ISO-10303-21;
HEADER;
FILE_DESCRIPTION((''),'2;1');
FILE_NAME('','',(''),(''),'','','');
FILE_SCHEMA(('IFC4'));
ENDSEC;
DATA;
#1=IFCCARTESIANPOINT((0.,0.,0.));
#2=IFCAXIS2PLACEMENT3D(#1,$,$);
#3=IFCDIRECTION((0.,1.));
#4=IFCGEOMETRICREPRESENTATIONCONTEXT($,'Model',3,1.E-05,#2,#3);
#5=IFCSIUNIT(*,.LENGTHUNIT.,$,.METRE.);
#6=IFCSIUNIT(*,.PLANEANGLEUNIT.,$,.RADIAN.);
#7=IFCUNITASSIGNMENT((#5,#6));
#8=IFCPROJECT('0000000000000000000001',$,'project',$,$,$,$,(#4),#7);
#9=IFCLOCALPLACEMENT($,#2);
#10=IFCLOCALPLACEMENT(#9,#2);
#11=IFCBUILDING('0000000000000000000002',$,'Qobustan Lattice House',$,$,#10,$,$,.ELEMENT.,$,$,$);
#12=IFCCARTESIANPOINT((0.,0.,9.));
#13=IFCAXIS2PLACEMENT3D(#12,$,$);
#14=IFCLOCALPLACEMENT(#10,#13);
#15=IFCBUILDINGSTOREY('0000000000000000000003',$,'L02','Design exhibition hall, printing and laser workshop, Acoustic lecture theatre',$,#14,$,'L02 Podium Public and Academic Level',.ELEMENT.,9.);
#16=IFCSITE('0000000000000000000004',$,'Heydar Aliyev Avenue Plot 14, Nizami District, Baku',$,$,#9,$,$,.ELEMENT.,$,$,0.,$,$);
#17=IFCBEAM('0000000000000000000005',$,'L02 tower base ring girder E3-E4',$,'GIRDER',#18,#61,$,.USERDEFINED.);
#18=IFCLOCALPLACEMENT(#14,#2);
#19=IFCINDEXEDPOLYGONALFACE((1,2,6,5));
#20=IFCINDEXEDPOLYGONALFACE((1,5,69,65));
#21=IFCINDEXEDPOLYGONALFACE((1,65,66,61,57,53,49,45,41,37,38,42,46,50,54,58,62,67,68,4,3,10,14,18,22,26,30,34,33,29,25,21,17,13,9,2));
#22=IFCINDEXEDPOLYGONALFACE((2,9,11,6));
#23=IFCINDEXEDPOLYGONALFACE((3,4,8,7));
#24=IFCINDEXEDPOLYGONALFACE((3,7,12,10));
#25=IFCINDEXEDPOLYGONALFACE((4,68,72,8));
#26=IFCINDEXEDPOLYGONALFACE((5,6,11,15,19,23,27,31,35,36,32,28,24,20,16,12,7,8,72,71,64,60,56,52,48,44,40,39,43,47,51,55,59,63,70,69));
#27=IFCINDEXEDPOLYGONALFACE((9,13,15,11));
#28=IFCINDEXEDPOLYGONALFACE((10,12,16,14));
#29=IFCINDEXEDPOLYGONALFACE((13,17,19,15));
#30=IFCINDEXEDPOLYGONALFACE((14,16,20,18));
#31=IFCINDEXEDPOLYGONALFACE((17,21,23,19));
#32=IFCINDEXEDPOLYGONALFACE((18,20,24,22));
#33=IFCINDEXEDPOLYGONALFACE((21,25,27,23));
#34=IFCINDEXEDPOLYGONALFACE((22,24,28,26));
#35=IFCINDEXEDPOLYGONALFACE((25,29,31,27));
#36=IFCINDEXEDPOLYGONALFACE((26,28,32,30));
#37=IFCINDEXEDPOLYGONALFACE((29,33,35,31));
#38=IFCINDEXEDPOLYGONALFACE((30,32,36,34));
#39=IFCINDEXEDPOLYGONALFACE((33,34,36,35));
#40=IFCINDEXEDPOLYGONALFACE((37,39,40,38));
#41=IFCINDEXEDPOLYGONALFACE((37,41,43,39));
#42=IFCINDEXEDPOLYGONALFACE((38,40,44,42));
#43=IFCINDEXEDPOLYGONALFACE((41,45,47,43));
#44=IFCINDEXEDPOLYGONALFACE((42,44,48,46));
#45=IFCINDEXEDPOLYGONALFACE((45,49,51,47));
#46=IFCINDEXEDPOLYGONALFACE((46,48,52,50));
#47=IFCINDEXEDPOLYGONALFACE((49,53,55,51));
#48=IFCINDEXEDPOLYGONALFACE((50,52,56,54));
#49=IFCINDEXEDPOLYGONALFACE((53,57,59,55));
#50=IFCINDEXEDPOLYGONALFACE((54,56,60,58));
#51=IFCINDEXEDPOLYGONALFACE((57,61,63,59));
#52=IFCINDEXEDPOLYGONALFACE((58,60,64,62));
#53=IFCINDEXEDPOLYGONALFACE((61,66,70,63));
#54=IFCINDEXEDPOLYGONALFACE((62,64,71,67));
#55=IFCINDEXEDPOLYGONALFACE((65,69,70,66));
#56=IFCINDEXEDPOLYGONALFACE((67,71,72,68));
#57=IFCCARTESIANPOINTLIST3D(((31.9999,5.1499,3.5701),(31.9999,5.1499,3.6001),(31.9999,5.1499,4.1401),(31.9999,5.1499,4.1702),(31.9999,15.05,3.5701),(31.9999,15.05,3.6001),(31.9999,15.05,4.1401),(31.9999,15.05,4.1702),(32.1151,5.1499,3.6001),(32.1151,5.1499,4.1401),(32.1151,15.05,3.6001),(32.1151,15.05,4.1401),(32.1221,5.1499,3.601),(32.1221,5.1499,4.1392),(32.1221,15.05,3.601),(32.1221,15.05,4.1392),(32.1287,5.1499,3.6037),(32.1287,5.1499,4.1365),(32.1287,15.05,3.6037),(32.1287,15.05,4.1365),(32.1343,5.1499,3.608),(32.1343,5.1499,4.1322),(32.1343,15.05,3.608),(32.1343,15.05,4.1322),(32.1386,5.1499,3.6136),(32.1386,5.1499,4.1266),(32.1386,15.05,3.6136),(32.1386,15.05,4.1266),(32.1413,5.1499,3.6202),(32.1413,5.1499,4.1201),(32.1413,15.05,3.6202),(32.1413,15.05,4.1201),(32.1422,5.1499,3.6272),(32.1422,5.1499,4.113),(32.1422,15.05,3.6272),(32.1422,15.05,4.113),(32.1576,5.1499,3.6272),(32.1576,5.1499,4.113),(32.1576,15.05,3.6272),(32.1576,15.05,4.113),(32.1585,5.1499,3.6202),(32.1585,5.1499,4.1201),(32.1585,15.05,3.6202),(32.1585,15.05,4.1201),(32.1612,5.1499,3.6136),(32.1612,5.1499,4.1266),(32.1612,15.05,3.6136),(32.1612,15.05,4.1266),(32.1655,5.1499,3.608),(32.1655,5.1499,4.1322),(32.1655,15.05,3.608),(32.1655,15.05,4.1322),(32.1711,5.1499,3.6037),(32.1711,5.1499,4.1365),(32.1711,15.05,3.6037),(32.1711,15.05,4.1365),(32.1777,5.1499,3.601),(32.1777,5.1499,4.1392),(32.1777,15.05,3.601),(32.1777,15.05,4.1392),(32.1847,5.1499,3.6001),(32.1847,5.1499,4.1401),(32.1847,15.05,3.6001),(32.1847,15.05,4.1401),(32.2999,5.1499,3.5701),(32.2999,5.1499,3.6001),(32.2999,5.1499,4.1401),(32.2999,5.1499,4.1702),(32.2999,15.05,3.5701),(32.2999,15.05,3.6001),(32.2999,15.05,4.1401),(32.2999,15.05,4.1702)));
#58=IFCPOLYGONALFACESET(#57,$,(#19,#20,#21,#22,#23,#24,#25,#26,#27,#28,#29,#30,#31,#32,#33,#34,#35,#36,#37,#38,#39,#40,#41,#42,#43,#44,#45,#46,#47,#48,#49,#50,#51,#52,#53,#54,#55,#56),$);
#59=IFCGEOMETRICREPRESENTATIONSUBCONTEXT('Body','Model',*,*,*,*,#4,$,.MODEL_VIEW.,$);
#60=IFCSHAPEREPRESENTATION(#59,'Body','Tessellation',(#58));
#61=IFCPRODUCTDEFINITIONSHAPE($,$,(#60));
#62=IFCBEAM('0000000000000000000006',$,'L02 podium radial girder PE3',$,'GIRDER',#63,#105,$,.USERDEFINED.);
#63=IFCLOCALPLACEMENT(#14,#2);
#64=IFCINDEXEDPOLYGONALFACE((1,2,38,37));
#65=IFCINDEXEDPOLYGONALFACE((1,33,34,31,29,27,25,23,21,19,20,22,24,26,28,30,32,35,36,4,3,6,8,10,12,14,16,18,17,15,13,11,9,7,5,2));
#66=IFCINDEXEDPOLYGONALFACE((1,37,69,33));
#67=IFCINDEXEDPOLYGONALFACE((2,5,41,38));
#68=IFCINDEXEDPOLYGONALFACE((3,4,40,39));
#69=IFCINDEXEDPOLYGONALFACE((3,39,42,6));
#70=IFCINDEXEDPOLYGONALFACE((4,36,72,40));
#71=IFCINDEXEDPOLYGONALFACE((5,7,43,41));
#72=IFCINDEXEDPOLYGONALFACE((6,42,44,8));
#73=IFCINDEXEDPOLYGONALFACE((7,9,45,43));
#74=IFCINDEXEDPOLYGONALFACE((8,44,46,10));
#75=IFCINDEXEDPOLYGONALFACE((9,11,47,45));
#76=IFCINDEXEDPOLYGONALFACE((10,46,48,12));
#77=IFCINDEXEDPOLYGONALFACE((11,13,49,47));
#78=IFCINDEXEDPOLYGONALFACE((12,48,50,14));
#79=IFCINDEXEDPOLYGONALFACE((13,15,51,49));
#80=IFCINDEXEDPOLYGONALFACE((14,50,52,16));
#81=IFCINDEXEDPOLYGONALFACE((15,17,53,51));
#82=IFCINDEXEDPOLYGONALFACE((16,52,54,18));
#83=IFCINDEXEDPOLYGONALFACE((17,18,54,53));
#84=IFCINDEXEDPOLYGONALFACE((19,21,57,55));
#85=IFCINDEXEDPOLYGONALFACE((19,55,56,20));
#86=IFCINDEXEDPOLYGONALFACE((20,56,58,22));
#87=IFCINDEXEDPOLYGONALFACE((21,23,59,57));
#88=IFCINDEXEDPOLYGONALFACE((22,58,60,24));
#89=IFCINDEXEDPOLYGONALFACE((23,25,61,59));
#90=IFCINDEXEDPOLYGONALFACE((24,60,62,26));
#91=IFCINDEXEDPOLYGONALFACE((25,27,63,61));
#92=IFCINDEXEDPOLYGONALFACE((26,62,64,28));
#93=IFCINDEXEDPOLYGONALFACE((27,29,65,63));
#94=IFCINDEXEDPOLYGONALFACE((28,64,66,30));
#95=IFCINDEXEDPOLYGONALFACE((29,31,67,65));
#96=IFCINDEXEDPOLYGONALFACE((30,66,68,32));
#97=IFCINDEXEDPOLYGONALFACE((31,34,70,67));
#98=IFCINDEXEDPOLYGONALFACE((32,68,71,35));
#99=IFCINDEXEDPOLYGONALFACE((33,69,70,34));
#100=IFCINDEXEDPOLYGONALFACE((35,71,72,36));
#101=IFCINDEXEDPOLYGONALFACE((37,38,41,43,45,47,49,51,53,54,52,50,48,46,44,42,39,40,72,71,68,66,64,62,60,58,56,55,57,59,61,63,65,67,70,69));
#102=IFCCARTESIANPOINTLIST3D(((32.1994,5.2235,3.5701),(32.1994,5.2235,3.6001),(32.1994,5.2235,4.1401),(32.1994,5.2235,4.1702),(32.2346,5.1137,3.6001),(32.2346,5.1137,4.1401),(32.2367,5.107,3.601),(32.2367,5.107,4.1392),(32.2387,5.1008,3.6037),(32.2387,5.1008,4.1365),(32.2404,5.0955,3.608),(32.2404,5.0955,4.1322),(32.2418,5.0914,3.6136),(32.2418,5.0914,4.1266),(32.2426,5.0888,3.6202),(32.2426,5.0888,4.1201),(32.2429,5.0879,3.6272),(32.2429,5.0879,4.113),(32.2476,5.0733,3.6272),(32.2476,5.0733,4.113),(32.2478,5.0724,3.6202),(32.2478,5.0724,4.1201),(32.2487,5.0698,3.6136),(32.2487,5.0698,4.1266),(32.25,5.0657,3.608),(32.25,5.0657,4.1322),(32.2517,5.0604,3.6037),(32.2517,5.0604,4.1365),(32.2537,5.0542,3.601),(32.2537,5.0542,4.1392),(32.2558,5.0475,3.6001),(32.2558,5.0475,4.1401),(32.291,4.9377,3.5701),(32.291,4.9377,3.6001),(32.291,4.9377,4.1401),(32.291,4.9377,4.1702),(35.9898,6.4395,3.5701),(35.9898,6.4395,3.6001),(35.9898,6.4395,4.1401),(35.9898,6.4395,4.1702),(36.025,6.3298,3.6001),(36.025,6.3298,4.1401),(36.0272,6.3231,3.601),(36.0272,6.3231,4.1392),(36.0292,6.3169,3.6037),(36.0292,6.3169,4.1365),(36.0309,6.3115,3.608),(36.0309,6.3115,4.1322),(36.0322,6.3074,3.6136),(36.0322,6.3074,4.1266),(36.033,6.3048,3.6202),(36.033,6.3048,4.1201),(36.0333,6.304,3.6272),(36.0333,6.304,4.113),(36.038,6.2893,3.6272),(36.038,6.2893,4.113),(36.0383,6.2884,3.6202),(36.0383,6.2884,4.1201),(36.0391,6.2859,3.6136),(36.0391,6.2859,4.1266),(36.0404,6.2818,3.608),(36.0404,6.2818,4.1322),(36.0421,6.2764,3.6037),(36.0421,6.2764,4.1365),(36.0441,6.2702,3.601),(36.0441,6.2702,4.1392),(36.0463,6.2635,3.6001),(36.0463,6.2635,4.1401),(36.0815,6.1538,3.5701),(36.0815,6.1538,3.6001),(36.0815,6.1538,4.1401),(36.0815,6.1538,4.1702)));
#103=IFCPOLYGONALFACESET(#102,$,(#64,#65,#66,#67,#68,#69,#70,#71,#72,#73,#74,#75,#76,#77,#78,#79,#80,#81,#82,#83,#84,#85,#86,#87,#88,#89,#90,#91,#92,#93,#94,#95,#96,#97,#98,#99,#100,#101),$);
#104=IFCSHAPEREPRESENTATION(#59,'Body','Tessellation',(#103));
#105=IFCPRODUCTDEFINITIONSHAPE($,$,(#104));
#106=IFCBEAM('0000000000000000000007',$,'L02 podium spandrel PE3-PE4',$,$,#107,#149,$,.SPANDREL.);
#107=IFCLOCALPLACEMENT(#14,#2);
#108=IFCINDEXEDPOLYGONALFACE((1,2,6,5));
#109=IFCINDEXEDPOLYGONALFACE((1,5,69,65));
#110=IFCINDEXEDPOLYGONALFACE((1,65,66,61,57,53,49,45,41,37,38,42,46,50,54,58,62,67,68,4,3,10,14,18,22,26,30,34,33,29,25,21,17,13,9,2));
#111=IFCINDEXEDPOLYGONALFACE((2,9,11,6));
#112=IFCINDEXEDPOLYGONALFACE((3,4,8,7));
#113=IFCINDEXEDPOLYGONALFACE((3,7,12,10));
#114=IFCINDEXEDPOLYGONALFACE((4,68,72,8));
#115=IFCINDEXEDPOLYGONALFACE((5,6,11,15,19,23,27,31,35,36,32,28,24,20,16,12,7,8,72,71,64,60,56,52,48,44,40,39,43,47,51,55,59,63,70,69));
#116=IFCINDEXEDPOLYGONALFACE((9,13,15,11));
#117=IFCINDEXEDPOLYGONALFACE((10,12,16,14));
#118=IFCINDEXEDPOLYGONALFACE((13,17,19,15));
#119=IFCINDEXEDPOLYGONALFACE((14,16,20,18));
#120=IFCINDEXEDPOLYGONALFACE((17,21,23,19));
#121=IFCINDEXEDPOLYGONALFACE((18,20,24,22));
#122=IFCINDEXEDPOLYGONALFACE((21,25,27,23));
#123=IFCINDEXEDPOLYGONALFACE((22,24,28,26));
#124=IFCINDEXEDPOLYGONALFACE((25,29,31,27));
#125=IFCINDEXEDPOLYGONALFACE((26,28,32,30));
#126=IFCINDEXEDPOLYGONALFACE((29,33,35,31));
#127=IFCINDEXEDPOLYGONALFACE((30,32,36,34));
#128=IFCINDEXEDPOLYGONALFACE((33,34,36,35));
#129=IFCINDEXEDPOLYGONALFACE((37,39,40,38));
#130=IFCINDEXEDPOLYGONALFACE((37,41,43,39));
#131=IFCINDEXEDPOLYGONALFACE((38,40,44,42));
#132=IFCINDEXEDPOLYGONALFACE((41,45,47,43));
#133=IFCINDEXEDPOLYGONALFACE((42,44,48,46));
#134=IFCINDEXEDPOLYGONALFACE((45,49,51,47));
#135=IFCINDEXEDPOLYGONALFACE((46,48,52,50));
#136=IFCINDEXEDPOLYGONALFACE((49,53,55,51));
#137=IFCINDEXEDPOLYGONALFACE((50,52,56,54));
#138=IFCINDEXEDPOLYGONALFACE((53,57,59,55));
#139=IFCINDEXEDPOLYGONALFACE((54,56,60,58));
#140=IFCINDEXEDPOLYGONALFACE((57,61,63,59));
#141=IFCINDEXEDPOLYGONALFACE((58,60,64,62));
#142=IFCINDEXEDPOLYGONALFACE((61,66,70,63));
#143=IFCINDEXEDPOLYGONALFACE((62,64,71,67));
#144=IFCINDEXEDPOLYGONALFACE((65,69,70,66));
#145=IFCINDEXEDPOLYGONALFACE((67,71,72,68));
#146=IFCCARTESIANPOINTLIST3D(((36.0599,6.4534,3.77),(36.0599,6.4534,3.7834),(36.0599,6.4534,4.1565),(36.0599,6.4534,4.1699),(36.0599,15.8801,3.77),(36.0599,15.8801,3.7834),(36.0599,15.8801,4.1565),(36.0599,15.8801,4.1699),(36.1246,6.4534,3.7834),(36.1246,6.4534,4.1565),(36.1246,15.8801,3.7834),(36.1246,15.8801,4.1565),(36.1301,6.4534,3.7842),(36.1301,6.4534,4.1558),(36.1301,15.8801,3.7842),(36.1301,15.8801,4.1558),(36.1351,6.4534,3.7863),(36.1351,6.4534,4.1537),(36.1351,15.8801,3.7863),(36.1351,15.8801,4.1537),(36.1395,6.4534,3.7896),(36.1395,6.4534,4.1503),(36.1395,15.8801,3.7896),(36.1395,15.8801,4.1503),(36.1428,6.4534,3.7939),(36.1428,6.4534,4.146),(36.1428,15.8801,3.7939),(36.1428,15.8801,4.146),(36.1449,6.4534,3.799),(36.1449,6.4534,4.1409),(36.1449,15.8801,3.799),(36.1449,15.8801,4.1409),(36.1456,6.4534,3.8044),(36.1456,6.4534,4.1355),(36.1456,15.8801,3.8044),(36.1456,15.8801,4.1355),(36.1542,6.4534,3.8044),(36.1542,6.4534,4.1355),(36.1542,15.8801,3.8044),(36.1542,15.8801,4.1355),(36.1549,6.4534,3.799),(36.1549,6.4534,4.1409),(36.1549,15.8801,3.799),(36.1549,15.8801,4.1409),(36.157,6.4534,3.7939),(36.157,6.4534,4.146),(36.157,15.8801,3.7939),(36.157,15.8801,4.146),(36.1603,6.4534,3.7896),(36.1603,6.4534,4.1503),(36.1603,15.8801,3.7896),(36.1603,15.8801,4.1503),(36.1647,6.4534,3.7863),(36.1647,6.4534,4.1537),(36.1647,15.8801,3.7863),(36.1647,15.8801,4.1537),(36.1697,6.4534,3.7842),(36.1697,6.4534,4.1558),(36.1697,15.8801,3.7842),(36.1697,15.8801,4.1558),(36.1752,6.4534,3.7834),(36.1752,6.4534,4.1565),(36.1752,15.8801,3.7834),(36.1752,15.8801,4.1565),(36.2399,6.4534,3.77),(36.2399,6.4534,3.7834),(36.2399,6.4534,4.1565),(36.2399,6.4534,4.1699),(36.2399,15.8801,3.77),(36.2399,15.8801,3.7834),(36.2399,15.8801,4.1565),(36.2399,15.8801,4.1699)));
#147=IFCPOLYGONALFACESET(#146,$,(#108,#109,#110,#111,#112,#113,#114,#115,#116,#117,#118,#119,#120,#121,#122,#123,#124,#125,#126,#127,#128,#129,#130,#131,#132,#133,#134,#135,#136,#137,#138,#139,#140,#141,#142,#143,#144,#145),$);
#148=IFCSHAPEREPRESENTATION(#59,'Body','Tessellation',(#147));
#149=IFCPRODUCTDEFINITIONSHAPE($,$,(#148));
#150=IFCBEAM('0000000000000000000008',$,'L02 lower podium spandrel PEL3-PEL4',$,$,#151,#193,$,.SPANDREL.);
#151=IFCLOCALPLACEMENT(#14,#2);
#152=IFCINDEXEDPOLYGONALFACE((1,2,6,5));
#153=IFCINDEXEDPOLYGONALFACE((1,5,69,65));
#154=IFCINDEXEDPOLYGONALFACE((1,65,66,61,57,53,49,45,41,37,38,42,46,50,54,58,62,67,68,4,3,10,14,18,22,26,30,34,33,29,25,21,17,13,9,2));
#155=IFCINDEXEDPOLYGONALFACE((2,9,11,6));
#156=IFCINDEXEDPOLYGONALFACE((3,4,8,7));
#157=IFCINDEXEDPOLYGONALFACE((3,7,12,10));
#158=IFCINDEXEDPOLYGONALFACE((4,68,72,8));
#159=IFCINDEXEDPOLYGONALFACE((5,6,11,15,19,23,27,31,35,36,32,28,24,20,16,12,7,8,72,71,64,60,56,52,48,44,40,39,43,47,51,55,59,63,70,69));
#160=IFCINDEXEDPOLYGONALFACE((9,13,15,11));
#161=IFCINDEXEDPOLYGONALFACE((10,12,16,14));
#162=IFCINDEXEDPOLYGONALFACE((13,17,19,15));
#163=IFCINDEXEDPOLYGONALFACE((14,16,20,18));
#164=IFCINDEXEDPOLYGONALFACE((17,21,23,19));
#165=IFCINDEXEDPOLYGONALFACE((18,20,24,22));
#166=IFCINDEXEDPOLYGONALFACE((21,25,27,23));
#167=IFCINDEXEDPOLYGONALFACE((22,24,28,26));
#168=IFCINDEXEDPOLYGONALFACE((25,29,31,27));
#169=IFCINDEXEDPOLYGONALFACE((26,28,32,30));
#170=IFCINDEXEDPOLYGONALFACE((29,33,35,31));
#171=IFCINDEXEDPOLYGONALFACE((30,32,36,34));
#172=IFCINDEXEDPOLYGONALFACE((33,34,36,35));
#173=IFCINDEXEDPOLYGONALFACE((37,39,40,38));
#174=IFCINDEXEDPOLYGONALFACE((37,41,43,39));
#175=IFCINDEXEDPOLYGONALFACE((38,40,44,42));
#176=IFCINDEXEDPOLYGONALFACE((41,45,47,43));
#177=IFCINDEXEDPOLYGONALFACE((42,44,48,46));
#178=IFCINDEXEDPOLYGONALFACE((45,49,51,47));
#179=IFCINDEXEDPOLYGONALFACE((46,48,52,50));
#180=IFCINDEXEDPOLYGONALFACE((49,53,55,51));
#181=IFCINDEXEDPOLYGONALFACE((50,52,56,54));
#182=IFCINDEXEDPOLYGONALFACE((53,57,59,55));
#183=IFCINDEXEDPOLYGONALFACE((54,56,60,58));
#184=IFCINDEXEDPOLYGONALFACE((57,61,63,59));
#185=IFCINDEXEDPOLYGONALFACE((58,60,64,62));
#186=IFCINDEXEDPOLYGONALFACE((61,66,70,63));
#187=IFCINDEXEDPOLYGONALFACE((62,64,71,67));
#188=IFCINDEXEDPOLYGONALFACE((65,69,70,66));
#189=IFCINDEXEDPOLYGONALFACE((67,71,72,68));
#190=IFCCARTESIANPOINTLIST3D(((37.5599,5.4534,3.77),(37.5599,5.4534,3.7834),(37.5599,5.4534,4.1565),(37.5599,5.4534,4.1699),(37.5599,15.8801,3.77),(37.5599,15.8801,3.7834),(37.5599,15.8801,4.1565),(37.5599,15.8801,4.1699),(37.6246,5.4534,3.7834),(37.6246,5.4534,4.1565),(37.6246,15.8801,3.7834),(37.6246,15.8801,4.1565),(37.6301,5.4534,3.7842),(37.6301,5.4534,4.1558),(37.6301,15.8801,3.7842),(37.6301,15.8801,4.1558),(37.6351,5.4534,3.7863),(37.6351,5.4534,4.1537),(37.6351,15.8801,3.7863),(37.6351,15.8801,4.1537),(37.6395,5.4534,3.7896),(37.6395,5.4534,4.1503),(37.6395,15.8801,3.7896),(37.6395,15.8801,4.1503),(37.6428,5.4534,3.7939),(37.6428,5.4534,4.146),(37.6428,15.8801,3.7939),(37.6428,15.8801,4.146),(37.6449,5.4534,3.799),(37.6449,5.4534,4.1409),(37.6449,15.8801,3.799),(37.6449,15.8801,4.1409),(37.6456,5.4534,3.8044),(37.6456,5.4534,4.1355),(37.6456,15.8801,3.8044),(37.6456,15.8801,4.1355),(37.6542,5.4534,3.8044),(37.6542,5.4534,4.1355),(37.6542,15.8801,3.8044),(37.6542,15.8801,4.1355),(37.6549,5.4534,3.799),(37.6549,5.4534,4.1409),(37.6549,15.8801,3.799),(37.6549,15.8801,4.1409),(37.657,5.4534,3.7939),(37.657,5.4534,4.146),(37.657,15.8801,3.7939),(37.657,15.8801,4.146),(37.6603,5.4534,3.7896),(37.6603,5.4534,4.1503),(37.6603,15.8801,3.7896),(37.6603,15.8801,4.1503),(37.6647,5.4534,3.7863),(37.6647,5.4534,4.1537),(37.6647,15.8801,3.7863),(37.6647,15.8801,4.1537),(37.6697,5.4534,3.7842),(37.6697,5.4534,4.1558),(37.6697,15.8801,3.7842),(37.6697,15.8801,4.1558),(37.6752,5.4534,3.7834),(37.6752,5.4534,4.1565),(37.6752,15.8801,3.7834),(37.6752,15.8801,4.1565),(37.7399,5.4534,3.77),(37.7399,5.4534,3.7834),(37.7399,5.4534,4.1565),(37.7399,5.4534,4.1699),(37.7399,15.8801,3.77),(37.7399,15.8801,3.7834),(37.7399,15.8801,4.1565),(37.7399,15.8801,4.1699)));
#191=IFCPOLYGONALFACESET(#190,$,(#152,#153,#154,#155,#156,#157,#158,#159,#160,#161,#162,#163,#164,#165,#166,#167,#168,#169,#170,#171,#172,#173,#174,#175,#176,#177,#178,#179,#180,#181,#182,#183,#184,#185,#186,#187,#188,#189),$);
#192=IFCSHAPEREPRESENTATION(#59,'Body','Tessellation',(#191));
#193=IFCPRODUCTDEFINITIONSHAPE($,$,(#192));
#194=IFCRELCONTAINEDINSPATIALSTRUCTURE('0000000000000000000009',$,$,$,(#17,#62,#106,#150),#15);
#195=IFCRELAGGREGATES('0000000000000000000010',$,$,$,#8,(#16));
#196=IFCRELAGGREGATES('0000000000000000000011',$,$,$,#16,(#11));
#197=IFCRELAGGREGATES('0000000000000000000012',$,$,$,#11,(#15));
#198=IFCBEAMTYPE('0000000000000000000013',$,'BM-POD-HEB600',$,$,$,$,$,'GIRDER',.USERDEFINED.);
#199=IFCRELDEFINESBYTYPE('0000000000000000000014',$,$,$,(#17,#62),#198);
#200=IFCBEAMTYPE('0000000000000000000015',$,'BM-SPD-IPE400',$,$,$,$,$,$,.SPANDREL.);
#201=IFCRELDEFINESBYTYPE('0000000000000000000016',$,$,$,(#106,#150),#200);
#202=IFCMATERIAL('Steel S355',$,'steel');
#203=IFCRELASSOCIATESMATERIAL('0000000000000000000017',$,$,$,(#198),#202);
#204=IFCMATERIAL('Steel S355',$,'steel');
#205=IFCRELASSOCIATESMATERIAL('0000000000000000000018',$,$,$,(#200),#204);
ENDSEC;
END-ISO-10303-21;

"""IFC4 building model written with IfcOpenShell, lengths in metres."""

from ifc_helpers import new_model, si_unit, direction, frame, origin, origin_2d, place, context, subcontext, project, spatial, i_section, extrude, material, material_profile, profile_set, type_object, element, save


model = new_model("IFC4")

# Units and contexts
model_context = context("Model", 3, precision=1e-05, world=origin(), true_north=direction((0.0, 1.0)))
body_context = subcontext(model_context, "Body", "Model", "MODEL_VIEW")
ifc_project = project(units=[si_unit("LENGTHUNIT", "METRE"), si_unit("PLANEANGLEUNIT", "RADIAN")], contexts=[model_context])

# Site, building, storey
site_placement = place(None, origin())
site = spatial("IfcSite", under=ifc_project, at=site_placement, Name="Heydar Aliyev Avenue Plot 14, Nizami District, Baku", CompositionType="ELEMENT", RefElevation=0.0)
building_placement = place(site_placement, origin())
building = spatial("IfcBuilding", under=site, at=building_placement, Name="Qobustan Lattice House", CompositionType="ELEMENT")
storey_placement = place(building_placement, frame((0.0, 0.0, 9.0)))
storey = spatial("IfcBuildingStorey", under=building, at=storey_placement, Name="L02", Description="Design exhibition hall, printing and laser workshop, Acoustic lecture theatre", LongName="L02 Podium Public and Academic Level", CompositionType="ELEMENT", Elevation=9.0)

# Beams
ifc_material_1 = material(Name="Steel S355", Category="steel")
ifc_material_profile_1 = material_profile(ifc_material_1, i_section(OverallWidth=0.3, OverallDepth=0.6001, WebThickness=0.0154, FlangeThickness=0.03, FilletRadius=0.0271, at=origin_2d()), Name="HEB600")
ifc_profile_set_1 = profile_set([ifc_material_profile_1], Name="Steel S355")
beam_type_1 = type_object("IfcBeamType", Name="BM-POD-HEB600", ElementType="GIRDER", PredefinedType="USERDEFINED", material=ifc_profile_set_1)
beam_1_placement = place(storey_placement, frame((32.1499, 5.1499, 3.8701), z_axis=(0.0, 1.0, 0.0), x_axis=(-1.0, 0.0, 0.0)))
element("IfcBeam", 1, at=beam_1_placement, inside=storey, type_object=beam_type_1, Name="L02 tower base ring girder E3-E4", ObjectType="GIRDER", PredefinedType="USERDEFINED", context=body_context, shape_type="SweptSolid", body=[
    extrude(i_section(OverallWidth=0.3, OverallDepth=0.6001, WebThickness=0.0154, FlangeThickness=0.03, FilletRadius=0.0271, at=origin_2d()), origin(), (0.0, 0.0, 1.0), 9.9001),
])
beam_2_placement = place(storey_placement, frame((36.0356, 6.2966, 3.8701), z_axis=(-0.952198, -0.305481, 0.0), x_axis=(0.305481, -0.952198, 0.0)))
element("IfcBeam", 2, at=beam_2_placement, inside=storey, type_object=beam_type_1, Name="L02 podium radial girder PE3", ObjectType="GIRDER", PredefinedType="USERDEFINED", context=body_context, shape_type="SweptSolid", body=[
    extrude(i_section(OverallWidth=0.3, OverallDepth=0.6001, WebThickness=0.0154, FlangeThickness=0.03, FilletRadius=0.0271, at=origin_2d()), origin(), (0.0, 0.0, 1.0), 3.9807),
])
ifc_material_2 = material(Name="Steel S355", Category="steel")
ifc_material_profile_2 = material_profile(ifc_material_2, i_section(OverallWidth=0.1799, OverallDepth=0.3999, WebThickness=0.0085, FlangeThickness=0.0134, FilletRadius=0.021, at=origin_2d()), Name="IPE400")
ifc_profile_set_2 = profile_set([ifc_material_profile_2], Name="Steel S355")
beam_type_2 = type_object("IfcBeamType", Name="BM-SPD-IPE400", PredefinedType="SPANDREL", material=ifc_profile_set_2)
beam_3_placement = place(storey_placement, frame((36.1499, 6.4534, 3.97), z_axis=(0.0, 1.0, 0.0), x_axis=(-1.0, 0.0, 0.0)))
element("IfcBeam", 3, at=beam_3_placement, inside=storey, type_object=beam_type_2, Name="L02 podium spandrel PE3-PE4", PredefinedType="SPANDREL", context=body_context, shape_type="SweptSolid", body=[
    extrude(i_section(OverallWidth=0.1799, OverallDepth=0.3999, WebThickness=0.0085, FlangeThickness=0.0134, FilletRadius=0.021, at=origin_2d()), origin(), (0.0, 0.0, 1.0), 9.4268),
])
beam_4_placement = place(storey_placement, frame((37.6499, 5.4534, 3.97), z_axis=(0.0, 1.0, 0.0), x_axis=(-1.0, 0.0, 0.0)))
element("IfcBeam", 4, at=beam_4_placement, inside=storey, type_object=beam_type_2, Name="L02 lower podium spandrel PEL3-PEL4", PredefinedType="SPANDREL", context=body_context, shape_type="SweptSolid", body=[
    extrude(i_section(OverallWidth=0.1799, OverallDepth=0.3999, WebThickness=0.0085, FlangeThickness=0.0134, FilletRadius=0.021, at=origin_2d()), origin(), (0.0, 0.0, 1.0), 10.4268),
])

save(model, "model.ifc")
